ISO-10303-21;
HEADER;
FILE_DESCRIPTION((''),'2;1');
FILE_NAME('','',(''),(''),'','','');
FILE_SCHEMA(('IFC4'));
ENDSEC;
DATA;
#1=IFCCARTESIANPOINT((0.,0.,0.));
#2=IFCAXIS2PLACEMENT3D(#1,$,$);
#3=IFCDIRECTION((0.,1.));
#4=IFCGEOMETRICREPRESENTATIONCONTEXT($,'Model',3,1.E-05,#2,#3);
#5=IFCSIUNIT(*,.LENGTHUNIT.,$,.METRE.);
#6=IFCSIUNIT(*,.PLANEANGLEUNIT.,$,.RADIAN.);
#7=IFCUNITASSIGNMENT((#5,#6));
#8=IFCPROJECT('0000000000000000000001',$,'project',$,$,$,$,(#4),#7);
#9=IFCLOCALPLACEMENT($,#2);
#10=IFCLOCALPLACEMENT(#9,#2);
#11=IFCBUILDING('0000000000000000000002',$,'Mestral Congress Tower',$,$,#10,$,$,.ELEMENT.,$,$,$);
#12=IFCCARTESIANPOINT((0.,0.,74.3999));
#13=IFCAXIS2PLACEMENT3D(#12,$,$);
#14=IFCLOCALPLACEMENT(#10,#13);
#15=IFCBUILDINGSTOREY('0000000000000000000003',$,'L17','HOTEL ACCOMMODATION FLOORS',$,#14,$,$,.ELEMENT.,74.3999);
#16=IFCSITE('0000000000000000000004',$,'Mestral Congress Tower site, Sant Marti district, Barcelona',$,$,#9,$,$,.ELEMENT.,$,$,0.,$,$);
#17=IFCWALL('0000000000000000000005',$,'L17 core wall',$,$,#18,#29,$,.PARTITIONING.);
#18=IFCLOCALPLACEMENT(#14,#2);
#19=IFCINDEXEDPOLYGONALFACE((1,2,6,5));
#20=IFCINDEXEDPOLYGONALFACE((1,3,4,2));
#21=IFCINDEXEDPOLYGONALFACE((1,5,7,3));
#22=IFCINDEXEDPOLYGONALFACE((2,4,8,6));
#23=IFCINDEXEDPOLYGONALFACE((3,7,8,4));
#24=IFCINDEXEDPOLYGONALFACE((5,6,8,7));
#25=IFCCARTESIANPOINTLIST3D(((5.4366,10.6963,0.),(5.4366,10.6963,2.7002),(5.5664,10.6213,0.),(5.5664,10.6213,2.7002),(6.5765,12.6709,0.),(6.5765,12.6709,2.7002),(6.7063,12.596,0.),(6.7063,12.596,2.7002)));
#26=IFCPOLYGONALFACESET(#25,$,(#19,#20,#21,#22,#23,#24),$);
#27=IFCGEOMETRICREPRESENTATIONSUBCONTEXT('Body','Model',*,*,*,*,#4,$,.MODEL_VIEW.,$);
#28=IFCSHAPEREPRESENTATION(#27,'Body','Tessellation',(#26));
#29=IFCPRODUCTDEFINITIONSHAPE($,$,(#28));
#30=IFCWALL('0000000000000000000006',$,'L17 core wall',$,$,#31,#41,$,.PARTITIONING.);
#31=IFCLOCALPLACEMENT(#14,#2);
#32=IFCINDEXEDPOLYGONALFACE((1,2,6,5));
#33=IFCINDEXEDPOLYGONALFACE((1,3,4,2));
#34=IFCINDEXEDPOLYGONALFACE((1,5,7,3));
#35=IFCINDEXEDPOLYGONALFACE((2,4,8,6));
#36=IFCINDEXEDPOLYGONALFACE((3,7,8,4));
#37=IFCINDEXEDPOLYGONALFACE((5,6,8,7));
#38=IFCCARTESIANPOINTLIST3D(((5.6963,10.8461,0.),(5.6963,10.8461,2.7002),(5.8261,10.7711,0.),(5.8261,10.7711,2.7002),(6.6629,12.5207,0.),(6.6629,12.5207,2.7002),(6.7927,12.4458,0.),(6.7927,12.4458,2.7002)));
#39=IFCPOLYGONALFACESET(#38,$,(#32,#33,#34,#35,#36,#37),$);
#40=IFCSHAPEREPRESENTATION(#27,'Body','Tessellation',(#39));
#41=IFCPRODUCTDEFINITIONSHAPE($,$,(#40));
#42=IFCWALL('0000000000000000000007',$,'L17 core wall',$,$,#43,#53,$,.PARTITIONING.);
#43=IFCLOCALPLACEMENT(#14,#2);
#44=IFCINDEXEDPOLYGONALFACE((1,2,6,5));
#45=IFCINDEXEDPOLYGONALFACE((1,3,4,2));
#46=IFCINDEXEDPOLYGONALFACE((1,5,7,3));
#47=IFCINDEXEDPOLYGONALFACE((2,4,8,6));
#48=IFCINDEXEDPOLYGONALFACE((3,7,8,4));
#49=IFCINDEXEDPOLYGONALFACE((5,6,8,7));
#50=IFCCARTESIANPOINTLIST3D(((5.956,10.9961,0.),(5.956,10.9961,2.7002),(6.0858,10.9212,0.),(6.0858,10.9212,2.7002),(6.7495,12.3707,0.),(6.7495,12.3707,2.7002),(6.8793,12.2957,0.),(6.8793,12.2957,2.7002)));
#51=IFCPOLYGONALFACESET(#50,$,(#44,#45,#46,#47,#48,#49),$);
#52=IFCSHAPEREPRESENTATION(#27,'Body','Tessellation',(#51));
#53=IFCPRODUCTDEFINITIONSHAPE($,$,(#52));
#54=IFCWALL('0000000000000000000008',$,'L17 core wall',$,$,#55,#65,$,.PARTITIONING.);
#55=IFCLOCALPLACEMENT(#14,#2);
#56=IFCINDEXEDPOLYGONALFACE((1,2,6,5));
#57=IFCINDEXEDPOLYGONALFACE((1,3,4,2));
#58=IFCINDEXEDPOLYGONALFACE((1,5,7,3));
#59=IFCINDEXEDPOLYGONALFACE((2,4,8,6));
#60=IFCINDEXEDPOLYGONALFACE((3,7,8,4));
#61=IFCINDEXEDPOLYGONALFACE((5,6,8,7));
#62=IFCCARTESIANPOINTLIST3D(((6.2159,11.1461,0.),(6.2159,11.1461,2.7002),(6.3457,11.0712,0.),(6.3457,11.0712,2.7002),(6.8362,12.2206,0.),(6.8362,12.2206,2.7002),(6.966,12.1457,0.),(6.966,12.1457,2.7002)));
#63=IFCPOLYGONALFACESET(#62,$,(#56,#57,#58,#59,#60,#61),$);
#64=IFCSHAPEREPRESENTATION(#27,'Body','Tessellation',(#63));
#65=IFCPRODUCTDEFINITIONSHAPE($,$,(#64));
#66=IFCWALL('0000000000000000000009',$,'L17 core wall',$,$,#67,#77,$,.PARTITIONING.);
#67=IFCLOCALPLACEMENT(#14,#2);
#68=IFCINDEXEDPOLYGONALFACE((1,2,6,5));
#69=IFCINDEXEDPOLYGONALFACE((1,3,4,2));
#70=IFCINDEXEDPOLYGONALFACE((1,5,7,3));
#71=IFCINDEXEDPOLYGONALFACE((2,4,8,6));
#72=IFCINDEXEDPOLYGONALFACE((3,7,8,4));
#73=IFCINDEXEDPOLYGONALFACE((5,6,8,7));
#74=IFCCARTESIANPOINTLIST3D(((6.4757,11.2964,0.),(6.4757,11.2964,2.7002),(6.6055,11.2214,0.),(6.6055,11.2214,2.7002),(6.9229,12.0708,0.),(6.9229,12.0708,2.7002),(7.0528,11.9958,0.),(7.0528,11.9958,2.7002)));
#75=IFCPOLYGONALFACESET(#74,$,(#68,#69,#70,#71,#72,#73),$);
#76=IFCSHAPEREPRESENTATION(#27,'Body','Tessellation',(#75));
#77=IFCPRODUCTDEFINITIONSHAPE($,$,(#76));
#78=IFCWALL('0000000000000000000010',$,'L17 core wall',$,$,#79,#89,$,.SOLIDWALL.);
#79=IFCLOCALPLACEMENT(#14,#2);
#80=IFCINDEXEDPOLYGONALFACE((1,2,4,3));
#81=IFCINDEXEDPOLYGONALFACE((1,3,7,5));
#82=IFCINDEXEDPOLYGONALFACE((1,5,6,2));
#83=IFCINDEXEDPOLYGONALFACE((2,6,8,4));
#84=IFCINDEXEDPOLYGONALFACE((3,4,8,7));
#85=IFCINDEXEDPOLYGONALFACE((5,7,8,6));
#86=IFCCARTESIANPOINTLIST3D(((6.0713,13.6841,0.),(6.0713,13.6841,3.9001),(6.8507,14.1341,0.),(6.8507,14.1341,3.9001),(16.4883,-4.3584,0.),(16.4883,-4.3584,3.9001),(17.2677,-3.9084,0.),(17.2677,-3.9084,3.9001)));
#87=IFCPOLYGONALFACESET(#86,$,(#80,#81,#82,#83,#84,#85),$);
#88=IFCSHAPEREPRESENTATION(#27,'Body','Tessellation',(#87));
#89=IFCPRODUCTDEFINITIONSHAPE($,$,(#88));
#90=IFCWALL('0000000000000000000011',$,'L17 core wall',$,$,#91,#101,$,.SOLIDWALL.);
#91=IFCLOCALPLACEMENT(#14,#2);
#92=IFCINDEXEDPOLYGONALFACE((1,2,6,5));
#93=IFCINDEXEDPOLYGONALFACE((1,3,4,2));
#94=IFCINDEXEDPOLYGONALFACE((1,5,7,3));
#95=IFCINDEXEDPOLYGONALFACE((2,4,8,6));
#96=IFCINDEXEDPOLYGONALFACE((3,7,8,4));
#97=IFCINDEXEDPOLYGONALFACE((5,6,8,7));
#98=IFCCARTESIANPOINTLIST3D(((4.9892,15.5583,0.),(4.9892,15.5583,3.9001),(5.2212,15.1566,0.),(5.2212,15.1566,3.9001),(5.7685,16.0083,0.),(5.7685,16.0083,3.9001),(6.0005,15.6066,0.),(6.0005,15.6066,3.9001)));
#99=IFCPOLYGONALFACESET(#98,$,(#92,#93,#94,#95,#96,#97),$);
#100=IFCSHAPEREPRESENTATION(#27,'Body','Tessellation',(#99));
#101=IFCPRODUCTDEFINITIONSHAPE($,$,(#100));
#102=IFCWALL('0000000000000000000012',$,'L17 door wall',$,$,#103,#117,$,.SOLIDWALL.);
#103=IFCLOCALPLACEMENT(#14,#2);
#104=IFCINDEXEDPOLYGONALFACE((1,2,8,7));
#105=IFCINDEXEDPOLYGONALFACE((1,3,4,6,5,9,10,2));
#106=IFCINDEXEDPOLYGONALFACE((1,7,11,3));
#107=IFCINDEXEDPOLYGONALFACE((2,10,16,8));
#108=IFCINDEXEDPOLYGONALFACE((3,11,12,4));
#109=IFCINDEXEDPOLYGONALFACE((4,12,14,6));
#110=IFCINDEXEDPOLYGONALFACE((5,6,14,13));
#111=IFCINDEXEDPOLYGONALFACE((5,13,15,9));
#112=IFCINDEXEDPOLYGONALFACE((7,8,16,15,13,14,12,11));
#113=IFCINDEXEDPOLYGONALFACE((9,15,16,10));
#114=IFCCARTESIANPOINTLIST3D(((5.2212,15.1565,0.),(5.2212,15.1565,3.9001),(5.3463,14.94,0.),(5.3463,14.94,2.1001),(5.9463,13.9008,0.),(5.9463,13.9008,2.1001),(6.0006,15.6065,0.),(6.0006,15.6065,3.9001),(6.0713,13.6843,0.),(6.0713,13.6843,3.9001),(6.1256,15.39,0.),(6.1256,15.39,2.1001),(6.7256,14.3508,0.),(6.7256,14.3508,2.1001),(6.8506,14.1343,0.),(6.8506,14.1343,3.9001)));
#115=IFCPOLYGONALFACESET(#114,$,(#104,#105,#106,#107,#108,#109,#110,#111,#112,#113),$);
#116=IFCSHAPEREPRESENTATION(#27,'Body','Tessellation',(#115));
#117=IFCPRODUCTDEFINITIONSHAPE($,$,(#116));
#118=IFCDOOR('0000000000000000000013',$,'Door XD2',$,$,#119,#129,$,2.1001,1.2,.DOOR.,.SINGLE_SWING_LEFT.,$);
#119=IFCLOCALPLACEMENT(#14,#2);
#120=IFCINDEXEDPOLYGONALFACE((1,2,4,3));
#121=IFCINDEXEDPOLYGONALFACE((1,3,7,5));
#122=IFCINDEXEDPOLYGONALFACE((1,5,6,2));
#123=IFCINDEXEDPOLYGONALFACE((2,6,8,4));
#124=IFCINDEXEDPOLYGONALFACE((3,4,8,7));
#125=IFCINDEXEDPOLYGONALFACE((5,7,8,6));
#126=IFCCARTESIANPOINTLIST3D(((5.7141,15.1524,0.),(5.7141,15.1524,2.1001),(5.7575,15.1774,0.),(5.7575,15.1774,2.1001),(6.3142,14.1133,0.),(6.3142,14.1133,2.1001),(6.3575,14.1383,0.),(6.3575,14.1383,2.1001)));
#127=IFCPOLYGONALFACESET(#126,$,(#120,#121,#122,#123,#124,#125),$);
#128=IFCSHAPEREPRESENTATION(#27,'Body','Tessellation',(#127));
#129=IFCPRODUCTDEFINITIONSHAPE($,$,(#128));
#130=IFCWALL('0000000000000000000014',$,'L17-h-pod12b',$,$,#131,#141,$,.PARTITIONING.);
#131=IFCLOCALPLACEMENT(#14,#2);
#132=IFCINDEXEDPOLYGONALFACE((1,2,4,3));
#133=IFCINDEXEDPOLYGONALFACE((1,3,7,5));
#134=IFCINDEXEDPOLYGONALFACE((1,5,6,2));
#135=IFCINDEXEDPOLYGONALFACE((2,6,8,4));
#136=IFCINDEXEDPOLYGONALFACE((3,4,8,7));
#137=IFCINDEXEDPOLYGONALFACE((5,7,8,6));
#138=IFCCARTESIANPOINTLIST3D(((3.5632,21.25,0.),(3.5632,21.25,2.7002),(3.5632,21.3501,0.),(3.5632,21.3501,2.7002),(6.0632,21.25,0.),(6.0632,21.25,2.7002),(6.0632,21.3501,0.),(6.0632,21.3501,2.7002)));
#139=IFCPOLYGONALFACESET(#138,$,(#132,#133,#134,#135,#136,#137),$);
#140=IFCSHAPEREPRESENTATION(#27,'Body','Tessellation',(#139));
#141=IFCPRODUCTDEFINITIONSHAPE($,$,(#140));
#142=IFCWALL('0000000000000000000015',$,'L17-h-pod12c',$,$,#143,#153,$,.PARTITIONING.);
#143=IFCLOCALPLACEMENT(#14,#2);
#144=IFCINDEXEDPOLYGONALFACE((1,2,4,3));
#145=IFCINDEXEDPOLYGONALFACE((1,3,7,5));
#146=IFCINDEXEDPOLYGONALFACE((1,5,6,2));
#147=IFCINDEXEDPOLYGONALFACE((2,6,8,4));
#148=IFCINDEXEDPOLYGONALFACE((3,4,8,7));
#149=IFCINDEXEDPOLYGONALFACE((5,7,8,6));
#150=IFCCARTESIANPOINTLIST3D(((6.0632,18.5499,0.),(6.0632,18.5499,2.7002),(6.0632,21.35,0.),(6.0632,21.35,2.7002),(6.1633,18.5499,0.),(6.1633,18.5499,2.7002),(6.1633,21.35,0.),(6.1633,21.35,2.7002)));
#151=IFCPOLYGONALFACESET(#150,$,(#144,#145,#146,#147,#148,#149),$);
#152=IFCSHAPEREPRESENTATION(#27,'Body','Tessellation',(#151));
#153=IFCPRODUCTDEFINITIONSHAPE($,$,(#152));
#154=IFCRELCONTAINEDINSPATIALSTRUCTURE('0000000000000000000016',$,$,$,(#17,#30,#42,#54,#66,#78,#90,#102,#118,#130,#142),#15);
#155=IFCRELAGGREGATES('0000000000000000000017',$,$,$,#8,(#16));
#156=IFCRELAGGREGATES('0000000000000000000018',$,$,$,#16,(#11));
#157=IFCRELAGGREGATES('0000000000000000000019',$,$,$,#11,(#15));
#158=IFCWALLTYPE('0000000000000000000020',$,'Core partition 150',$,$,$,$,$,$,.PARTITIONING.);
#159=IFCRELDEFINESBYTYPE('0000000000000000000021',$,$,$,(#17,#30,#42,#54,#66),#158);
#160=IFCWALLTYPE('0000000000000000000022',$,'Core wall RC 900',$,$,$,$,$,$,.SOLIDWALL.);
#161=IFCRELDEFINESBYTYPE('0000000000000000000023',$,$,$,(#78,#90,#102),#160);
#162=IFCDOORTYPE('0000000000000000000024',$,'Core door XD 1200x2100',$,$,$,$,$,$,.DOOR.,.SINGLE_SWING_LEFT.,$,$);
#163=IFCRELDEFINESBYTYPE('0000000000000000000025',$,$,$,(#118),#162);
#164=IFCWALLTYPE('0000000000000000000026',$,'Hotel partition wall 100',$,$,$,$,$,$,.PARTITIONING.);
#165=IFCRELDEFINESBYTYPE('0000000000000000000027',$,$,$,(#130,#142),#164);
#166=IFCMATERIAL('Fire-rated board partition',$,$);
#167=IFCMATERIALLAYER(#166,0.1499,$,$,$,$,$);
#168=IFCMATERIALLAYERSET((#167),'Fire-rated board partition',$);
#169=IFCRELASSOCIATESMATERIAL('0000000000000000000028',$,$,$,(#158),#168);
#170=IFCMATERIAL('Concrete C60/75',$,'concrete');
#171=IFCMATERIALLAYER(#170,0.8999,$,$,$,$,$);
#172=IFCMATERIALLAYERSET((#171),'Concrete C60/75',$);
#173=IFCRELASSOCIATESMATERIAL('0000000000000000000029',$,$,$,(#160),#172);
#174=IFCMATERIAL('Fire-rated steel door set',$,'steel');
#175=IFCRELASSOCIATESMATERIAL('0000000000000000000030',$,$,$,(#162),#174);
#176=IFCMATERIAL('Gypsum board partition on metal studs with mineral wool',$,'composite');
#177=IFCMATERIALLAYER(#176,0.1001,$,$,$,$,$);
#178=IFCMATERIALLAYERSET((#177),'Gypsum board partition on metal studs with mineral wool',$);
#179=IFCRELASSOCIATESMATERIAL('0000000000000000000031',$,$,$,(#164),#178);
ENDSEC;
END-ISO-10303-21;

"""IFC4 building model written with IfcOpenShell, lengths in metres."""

from ifc_helpers import new_model, si_unit, direction, frame, frame_2d, origin, place, context, subcontext, project, spatial, rectangle, extrude, material, layer, layer_set, type_object, element, fill, save


model = new_model("IFC4")

# Units and contexts
model_context = context("Model", 3, precision=1e-05, world=origin(), true_north=direction((0.0, 1.0)))
body_context = subcontext(model_context, "Body", "Model", "MODEL_VIEW")
ifc_project = project(units=[si_unit("LENGTHUNIT", "METRE"), si_unit("PLANEANGLEUNIT", "RADIAN")], contexts=[model_context])

# Site, building, storey
site_placement = place(None, origin())
site = spatial("IfcSite", under=ifc_project, at=site_placement, Name="Mestral Congress Tower site, Sant Marti district, Barcelona", CompositionType="ELEMENT", RefElevation=0.0)
building_placement = place(site_placement, origin())
building = spatial("IfcBuilding", under=site, at=building_placement, Name="Mestral Congress Tower", CompositionType="ELEMENT")
storey_placement = place(building_placement, frame((0.0, 0.0, 74.3999)))
storey = spatial("IfcBuildingStorey", under=building, at=storey_placement, Name="L17", Description="HOTEL ACCOMMODATION FLOORS", CompositionType="ELEMENT", Elevation=74.3999)

# Walls
ifc_material_1 = material(Name="Fire-rated board partition")
ifc_layer_1 = layer(ifc_material_1, 0.1499)
ifc_layer_set_1 = layer_set([ifc_layer_1], Name="Fire-rated board partition")
wall_type_1 = type_object("IfcWallType", Name="Core partition 150", PredefinedType="PARTITIONING", material=ifc_layer_set_1)
wall_1_placement = place(storey_placement, frame((5.5015, 10.6587, 0.0), z_axis=(0.0, 0.0, 1.0), x_axis=(0.499951, 0.866054, 0.0)))
element("IfcWall", 1, at=wall_1_placement, inside=storey, type_object=wall_type_1, Name="L17 core wall", PredefinedType="PARTITIONING", context=body_context, shape_type="SweptSolid", body=[
    extrude(rectangle(XDim=2.28, YDim=0.1499, at=frame_2d((1.1401, 0.0))), origin(), (0.0, 0.0, 1.0), 2.7002),
])
wall_2_placement = place(storey_placement, frame((5.7612, 10.8086, 0.0), z_axis=(0.0, 0.0, 1.0), x_axis=(0.499901, 0.866083, 0.0)))
element("IfcWall", 2, at=wall_2_placement, inside=storey, type_object=wall_type_1, Name="L17 core wall", PredefinedType="PARTITIONING", context=body_context, shape_type="SweptSolid", body=[
    extrude(rectangle(XDim=1.9336, YDim=0.1499, at=frame_2d((0.9668, 0.0))), origin(), (0.0, 0.0, 1.0), 2.7002),
])
wall_3_placement = place(storey_placement, frame((6.021, 10.9587, 0.0), z_axis=(0.0, 0.0, 1.0), x_axis=(0.499944, 0.866058, 0.0)))
element("IfcWall", 3, at=wall_3_placement, inside=storey, type_object=wall_type_1, Name="L17 core wall", PredefinedType="PARTITIONING", context=body_context, shape_type="SweptSolid", body=[
    extrude(rectangle(XDim=1.5872, YDim=0.1499, at=frame_2d((0.7935, 0.0))), origin(), (0.0, 0.0, 1.0), 2.7002),
])
wall_4_placement = place(storey_placement, frame((6.2808, 11.1086, 0.0), z_axis=(0.0, 0.0, 1.0), x_axis=(0.500012, 0.866018, 0.0)))
element("IfcWall", 4, at=wall_4_placement, inside=storey, type_object=wall_type_1, Name="L17 core wall", PredefinedType="PARTITIONING", context=body_context, shape_type="SweptSolid", body=[
    extrude(rectangle(XDim=1.2407, YDim=0.1499, at=frame_2d((0.6204, 0.0))), origin(), (0.0, 0.0, 1.0), 2.7002),
])
wall_5_placement = place(storey_placement, frame((6.5405, 11.2588, 0.0), z_axis=(0.0, 0.0, 1.0), x_axis=(0.500132, 0.865949, 0.0)))
element("IfcWall", 5, at=wall_5_placement, inside=storey, type_object=wall_type_1, Name="L17 core wall", PredefinedType="PARTITIONING", context=body_context, shape_type="SweptSolid", body=[
    extrude(rectangle(XDim=0.8943, YDim=0.1499, at=frame_2d((0.4473, 0.0))), origin(), (0.0, 0.0, 1.0), 2.7002),
])
ifc_material_2 = material(Name="Concrete C60/75", Category="concrete")
ifc_layer_2 = layer(ifc_material_2, 0.8999)
ifc_layer_set_2 = layer_set([ifc_layer_2], Name="Concrete C60/75")
wall_type_2 = type_object("IfcWallType", Name="Core wall RC 900", PredefinedType="SOLIDWALL", material=ifc_layer_set_2)
wall_6_placement = place(storey_placement, frame((6.4609, 13.9092, 0.0), z_axis=(0.0, 0.0, 1.0), x_axis=(0.500006, -0.866022, 0.0)))
element("IfcWall", 6, at=wall_6_placement, inside=storey, type_object=wall_type_2, Name="L17 core wall", PredefinedType="SOLIDWALL", context=body_context, shape_type="SweptSolid", body=[
    extrude(rectangle(XDim=20.8337, YDim=0.8999, at=frame_2d((10.417, 0.0))), origin(), (0.0, 0.0, 1.0), 3.9001),
])
wall_7_placement = place(storey_placement, frame((5.6108, 15.3816, 0.0), z_axis=(0.0, 0.0, 1.0), x_axis=(-0.500102, 0.865966, 0.0)))
element("IfcWall", 7, at=wall_7_placement, inside=storey, type_object=wall_type_2, Name="L17 core wall", PredefinedType="SOLIDWALL", context=body_context, shape_type="SweptSolid", body=[
    extrude(rectangle(XDim=0.4639, YDim=0.8999, at=frame_2d((0.2319, 0.0))), origin(), (0.0, 0.0, 1.0), 3.9001),
])

# Wall, opening, door
wall_8_placement = place(storey_placement, frame((5.6108, 15.3816, 0.0), z_axis=(0.0, 0.0, 1.0), x_axis=(0.500062, -0.865989, 0.0)))
wall_8 = element("IfcWall", 8, at=wall_8_placement, inside=storey, type_object=wall_type_2, Name="L17 door wall", PredefinedType="SOLIDWALL", context=body_context, shape_type="SweptSolid", body=[
    extrude(rectangle(XDim=1.7, YDim=0.8999, at=frame_2d((0.8501, 0.0))), origin(), (0.0, 0.0, 1.0), 3.9001),
])
opening_1_placement = place(wall_8_placement, frame((0.25, 0.0, 0.0)))
opening_1 = element("IfcOpeningElement", 9, at=opening_1_placement, cuts=wall_8, PredefinedType="OPENING", context=body_context, shape_type="SweptSolid", body=[
    extrude(rectangle(XDim=1.2, YDim=2.1001, at=frame_2d((0.6001, 1.05))), frame((0.0, 0.46, 0.0), z_axis=(0.0, -1.0, 0.0), x_axis=(1.0, 0.0, 0.0)), (0.0, 0.0, 1.0), 0.9199),
])
ifc_material_3 = material(Name="Fire-rated steel door set", Category="steel")
door_type_1 = type_object("IfcDoorType", Name="Core door XD 1200x2100", OperationType="SINGLE_SWING_LEFT", PredefinedType="DOOR", material=ifc_material_3)
door_1_placement = place(opening_1_placement, origin())
door_1 = element("IfcDoor", 10, at=door_1_placement, inside=storey, type_object=door_type_1, Name="Door XD2", OperationType="SINGLE_SWING_LEFT", OverallHeight=2.1001, OverallWidth=1.2, PredefinedType="DOOR", context=body_context, shape_type="SweptSolid", body=[
    extrude(rectangle(XDim=1.2, YDim=2.1001, at=frame_2d((0.6001, 1.05))), frame((0.0, 0.0249, 0.0), z_axis=(0.0, -1.0, 0.0), x_axis=(1.0, 0.0, 0.0)), (0.0, 0.0, 1.0), 0.05),
])
fill(opening_1, door_1)

# Walls
ifc_material_4 = material(Name="Gypsum board partition on metal studs with mineral wool", Category="composite")
ifc_layer_3 = layer(ifc_material_4, 0.1001)
ifc_layer_set_3 = layer_set([ifc_layer_3], Name="Gypsum board partition on metal studs with mineral wool")
wall_type_3 = type_object("IfcWallType", Name="Hotel partition wall 100", PredefinedType="PARTITIONING", material=ifc_layer_set_3)
wall_9_placement = place(storey_placement, frame((3.5632, 21.3, 0.0), z_axis=(0.0, 0.0, 1.0), x_axis=(1.0, 0.0, 0.0)))
element("IfcWall", 11, at=wall_9_placement, inside=storey, type_object=wall_type_3, Name="L17-h-pod12b", PredefinedType="PARTITIONING", context=body_context, shape_type="SweptSolid", body=[
    extrude(rectangle(XDim=2.5, YDim=0.1001, at=frame_2d((1.25, 0.0))), origin(), (0.0, 0.0, 1.0), 2.7002),
])
wall_10_placement = place(storey_placement, frame((6.1133, 18.55, 0.0), z_axis=(0.0, 0.0, 1.0), x_axis=(0.0, 1.0, 0.0)))
element("IfcWall", 12, at=wall_10_placement, inside=storey, type_object=wall_type_3, Name="L17-h-pod12c", PredefinedType="PARTITIONING", context=body_context, shape_type="SweptSolid", body=[
    extrude(rectangle(XDim=2.8, YDim=0.1001, at=frame_2d((1.3999, 0.0))), origin(), (0.0, 0.0, 1.0), 2.7002),
])

save(model, "model.ifc")
